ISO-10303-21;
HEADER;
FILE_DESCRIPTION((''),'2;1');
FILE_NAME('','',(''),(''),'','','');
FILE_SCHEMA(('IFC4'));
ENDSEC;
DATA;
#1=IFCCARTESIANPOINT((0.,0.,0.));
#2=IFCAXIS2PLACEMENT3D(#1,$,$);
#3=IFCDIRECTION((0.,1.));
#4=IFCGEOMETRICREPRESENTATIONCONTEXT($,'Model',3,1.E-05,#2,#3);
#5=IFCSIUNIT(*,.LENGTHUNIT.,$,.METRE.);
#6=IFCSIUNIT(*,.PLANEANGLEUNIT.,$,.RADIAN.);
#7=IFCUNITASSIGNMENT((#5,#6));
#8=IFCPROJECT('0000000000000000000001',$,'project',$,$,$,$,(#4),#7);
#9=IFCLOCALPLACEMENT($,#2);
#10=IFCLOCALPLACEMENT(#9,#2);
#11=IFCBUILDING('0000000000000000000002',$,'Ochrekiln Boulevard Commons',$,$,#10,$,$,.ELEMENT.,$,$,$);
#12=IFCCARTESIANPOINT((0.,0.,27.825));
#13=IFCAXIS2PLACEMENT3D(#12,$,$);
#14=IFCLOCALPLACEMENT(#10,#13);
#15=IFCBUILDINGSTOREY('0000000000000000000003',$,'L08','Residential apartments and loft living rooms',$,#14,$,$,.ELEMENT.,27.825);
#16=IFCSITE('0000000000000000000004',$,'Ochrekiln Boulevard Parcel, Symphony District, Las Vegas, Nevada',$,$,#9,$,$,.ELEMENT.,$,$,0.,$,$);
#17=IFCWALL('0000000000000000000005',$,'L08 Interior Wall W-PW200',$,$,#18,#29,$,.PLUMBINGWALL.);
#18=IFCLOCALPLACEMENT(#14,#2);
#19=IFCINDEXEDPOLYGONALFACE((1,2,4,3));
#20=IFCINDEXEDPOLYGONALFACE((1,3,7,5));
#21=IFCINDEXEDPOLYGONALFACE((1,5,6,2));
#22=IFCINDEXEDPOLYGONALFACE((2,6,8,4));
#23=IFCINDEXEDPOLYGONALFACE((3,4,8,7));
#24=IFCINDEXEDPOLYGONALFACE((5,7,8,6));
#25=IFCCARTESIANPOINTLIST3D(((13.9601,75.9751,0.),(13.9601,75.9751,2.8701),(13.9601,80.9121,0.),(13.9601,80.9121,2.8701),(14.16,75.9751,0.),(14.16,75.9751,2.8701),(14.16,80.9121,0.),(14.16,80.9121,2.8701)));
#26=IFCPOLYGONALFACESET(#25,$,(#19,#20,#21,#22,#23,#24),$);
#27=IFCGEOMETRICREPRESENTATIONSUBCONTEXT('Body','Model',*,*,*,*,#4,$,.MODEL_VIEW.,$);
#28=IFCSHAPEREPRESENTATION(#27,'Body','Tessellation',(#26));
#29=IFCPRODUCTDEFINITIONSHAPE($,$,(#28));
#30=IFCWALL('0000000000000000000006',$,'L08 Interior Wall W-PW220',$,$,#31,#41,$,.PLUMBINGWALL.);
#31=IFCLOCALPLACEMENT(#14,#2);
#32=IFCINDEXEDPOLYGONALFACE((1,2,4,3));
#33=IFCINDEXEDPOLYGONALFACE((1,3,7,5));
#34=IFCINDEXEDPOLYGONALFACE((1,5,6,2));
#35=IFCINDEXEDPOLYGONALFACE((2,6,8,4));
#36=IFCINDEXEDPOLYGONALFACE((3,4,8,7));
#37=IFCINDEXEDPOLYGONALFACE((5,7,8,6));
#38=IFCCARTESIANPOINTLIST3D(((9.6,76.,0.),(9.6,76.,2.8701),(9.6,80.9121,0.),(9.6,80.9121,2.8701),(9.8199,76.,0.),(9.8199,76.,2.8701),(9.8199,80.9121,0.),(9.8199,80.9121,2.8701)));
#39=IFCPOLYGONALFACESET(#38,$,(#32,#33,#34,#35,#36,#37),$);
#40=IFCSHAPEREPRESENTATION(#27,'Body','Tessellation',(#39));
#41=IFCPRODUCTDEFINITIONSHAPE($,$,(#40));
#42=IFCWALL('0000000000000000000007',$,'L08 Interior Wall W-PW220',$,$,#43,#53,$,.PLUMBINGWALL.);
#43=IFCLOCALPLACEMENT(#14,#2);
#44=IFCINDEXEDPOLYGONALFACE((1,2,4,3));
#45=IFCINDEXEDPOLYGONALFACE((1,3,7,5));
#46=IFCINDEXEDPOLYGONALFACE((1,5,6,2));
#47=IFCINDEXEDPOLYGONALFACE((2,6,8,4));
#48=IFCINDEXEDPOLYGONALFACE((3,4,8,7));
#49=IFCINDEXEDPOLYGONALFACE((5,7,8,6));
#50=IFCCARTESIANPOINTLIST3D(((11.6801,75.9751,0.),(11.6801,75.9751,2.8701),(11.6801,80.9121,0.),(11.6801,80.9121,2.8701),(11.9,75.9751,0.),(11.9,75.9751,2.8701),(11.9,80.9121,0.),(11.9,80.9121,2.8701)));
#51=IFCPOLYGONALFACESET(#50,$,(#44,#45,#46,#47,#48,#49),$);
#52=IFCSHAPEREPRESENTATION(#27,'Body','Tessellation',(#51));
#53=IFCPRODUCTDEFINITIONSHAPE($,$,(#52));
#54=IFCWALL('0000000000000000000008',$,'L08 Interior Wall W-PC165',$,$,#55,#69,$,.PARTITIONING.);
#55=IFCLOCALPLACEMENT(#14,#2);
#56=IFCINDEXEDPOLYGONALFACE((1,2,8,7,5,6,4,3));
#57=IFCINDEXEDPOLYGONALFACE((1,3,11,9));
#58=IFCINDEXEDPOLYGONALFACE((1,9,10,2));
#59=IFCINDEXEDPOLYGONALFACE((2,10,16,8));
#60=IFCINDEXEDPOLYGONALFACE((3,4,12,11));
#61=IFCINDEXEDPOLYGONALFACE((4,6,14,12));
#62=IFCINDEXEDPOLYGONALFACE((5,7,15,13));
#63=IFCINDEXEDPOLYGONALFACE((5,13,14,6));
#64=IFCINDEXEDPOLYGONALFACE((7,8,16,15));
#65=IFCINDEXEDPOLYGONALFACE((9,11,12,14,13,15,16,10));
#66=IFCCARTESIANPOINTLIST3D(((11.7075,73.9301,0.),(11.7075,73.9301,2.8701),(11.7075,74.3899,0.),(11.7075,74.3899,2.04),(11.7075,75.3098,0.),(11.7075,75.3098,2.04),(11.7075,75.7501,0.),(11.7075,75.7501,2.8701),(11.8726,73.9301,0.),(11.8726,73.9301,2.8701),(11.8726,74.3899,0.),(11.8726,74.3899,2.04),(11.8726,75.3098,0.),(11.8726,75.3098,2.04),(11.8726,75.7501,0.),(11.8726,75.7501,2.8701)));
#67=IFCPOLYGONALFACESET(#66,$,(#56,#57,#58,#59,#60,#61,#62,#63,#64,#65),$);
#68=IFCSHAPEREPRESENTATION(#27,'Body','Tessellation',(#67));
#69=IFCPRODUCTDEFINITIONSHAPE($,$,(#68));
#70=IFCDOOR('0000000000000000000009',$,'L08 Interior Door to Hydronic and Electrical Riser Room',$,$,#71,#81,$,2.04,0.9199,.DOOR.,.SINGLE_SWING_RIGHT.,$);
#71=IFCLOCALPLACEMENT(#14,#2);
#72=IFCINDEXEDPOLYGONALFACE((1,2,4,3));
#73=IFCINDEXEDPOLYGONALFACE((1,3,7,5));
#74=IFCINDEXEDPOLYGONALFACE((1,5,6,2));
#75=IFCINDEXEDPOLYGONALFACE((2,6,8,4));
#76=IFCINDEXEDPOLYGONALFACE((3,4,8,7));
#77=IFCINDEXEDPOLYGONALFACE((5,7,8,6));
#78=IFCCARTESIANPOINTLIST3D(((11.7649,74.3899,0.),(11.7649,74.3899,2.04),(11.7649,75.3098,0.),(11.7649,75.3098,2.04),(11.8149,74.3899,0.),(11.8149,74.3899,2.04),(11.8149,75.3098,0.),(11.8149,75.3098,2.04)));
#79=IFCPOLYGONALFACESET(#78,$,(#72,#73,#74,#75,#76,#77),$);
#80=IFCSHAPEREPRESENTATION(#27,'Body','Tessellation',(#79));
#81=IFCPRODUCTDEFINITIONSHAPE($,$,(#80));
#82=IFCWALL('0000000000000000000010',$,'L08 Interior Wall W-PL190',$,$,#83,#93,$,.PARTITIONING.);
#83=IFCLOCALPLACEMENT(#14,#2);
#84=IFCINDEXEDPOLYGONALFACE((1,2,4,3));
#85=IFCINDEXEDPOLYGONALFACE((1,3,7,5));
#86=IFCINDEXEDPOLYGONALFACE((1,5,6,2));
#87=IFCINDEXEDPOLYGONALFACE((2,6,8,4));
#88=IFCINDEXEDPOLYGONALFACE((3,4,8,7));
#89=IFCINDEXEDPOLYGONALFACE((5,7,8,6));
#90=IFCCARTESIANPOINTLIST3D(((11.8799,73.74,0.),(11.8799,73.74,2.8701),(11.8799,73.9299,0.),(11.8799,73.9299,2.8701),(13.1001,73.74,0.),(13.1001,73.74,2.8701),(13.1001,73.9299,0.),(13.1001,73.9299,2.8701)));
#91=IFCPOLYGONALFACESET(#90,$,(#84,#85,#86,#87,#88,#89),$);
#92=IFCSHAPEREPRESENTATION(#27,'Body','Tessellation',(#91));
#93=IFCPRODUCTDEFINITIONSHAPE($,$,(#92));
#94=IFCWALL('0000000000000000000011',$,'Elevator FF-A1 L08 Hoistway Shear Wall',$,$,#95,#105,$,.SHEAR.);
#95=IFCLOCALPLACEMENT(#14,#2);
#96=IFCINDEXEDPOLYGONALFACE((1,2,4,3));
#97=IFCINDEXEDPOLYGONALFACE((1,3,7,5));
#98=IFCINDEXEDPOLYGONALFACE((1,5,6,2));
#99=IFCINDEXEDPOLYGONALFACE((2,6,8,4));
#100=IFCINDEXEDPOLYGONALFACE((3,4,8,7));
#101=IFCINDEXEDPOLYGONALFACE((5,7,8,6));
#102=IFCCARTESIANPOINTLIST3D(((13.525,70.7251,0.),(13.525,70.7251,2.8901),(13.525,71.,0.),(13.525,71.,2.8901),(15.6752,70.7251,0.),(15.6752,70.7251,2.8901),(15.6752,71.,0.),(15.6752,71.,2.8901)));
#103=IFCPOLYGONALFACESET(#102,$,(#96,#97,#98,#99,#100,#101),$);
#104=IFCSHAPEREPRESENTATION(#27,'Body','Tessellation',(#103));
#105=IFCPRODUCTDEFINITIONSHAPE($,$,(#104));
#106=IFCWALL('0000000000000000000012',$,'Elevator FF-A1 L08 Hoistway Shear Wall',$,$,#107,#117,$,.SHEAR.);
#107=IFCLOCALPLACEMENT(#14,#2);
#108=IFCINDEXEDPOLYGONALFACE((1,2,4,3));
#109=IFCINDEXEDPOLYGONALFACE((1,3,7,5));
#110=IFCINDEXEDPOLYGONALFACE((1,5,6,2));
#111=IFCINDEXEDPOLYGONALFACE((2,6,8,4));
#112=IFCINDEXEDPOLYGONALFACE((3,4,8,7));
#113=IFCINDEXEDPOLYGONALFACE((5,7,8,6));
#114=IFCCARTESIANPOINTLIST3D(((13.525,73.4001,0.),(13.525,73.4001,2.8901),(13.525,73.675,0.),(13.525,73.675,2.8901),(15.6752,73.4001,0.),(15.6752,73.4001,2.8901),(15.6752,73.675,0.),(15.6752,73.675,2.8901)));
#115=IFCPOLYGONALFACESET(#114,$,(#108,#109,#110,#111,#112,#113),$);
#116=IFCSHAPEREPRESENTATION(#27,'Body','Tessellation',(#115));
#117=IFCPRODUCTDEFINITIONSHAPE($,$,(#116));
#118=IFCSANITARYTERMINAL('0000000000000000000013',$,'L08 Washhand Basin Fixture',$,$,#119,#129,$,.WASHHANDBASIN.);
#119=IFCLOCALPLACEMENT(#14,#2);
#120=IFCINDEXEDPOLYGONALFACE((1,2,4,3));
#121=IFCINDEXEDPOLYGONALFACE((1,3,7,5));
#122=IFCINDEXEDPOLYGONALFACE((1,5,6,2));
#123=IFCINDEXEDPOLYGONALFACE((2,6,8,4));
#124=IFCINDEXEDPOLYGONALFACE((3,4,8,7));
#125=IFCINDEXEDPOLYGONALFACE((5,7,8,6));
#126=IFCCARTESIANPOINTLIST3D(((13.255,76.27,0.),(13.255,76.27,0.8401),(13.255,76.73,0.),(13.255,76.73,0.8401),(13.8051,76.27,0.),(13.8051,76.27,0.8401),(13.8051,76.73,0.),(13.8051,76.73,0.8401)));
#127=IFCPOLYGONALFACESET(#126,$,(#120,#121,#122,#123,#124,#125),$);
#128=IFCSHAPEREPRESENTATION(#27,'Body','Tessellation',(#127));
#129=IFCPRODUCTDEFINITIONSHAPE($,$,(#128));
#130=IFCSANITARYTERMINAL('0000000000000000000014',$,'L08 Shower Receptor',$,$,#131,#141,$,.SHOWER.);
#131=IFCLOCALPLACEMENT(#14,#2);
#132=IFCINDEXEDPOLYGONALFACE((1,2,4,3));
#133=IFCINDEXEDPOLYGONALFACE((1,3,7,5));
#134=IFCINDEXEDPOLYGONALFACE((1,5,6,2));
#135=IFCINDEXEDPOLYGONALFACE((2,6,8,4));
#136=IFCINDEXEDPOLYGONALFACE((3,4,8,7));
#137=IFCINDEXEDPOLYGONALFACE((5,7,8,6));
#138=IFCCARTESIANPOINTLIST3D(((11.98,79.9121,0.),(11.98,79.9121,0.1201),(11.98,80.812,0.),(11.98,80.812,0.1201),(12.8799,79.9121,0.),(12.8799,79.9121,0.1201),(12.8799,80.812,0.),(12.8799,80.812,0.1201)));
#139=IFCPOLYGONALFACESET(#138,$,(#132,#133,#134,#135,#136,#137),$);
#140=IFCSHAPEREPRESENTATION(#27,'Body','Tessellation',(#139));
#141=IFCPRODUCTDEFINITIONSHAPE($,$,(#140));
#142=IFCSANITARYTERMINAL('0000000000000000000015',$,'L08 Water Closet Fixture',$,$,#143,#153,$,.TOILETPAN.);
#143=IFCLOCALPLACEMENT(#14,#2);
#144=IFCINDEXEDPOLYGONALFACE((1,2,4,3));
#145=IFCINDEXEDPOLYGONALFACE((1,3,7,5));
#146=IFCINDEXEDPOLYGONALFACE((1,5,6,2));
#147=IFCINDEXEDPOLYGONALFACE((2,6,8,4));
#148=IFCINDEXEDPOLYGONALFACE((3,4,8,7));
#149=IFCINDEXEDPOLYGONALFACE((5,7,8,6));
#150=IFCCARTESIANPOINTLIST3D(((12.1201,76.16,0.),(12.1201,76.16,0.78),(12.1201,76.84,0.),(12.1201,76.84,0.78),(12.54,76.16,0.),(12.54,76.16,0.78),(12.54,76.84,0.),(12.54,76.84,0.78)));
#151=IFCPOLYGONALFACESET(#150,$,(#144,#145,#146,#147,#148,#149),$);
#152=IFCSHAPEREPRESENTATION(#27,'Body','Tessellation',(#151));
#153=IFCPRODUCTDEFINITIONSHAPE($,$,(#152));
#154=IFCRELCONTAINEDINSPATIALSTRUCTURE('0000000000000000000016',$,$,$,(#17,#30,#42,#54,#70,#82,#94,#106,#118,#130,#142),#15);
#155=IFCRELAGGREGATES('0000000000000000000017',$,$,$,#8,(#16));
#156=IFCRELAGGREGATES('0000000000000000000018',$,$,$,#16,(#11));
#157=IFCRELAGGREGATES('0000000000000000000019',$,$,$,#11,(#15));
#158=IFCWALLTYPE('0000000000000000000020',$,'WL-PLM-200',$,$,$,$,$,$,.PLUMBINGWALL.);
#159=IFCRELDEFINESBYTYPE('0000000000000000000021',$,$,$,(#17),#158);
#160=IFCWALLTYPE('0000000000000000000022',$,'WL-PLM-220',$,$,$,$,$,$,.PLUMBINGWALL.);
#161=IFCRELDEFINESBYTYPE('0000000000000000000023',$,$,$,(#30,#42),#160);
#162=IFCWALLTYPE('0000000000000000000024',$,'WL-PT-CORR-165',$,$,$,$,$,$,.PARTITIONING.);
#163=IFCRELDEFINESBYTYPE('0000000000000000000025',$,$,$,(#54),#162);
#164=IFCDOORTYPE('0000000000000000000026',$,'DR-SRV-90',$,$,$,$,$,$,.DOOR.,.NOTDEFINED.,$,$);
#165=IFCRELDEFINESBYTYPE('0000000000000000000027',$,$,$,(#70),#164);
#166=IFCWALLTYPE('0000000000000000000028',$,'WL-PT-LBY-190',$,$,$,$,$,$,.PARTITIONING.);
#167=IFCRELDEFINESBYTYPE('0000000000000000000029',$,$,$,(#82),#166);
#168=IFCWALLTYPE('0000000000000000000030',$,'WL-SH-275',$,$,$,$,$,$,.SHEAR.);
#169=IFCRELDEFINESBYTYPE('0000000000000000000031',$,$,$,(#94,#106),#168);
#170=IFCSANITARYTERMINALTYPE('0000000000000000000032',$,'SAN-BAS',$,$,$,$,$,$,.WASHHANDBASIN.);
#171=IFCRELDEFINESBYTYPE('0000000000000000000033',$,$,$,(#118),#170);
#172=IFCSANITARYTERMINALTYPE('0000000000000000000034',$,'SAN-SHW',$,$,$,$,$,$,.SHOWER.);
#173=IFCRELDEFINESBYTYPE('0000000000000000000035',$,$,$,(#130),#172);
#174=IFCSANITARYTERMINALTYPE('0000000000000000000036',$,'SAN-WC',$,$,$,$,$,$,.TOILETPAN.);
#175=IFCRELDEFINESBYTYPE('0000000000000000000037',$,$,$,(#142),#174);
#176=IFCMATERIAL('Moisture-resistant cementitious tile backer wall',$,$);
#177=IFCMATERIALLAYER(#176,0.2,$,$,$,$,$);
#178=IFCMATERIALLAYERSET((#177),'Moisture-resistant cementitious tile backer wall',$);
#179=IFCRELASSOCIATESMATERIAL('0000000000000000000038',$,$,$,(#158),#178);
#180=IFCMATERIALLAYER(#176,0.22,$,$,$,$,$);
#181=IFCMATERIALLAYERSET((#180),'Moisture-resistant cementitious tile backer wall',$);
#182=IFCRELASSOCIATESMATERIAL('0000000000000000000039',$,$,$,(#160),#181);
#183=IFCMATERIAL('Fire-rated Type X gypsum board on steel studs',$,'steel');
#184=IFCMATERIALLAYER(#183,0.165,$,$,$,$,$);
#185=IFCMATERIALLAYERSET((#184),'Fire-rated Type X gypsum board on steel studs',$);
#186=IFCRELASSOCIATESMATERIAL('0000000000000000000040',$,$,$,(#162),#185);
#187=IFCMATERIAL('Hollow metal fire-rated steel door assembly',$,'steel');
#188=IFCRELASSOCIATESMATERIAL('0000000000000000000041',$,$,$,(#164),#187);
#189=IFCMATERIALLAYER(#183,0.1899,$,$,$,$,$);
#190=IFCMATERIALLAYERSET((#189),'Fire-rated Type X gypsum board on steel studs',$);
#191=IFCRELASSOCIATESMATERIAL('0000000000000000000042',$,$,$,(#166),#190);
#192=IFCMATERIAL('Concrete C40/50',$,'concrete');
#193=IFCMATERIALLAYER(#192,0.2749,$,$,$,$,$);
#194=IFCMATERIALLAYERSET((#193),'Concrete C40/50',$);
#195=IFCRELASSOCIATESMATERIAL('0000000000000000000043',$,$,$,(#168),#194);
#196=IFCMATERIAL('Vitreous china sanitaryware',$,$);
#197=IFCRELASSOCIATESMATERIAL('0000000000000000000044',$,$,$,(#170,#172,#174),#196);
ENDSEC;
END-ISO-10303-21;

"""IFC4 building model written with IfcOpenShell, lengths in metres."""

from ifc_helpers import new_model, si_unit, direction, frame, frame_2d, origin, origin_2d, place, context, subcontext, project, spatial, rectangle, extrude, material, layer, layer_set, type_object, element, fill, save


model = new_model("IFC4")

# Units and contexts
model_context = context("Model", 3, precision=1e-05, world=origin(), true_north=direction((0.0, 1.0)))
body_context = subcontext(model_context, "Body", "Model", "MODEL_VIEW")
ifc_project = project(units=[si_unit("LENGTHUNIT", "METRE"), si_unit("PLANEANGLEUNIT", "RADIAN")], contexts=[model_context])

# Site, building, storey
site_placement = place(None, origin())
site = spatial("IfcSite", under=ifc_project, at=site_placement, Name="Ochrekiln Boulevard Parcel, Symphony District, Las Vegas, Nevada", CompositionType="ELEMENT", RefElevation=0.0)
building_placement = place(site_placement, origin())
building = spatial("IfcBuilding", under=site, at=building_placement, Name="Ochrekiln Boulevard Commons", CompositionType="ELEMENT")
storey_placement = place(building_placement, frame((0.0, 0.0, 27.825)))
storey = spatial("IfcBuildingStorey", under=building, at=storey_placement, Name="L08", Description="Residential apartments and loft living rooms", CompositionType="ELEMENT", Elevation=27.825)

# Walls
ifc_material_1 = material(Name="Moisture-resistant cementitious tile backer wall")
ifc_layer_1 = layer(ifc_material_1, 0.2)
ifc_layer_set_1 = layer_set([ifc_layer_1], Name="Moisture-resistant cementitious tile backer wall")
wall_type_1 = type_object("IfcWallType", Name="WL-PLM-200", PredefinedType="PLUMBINGWALL", material=ifc_layer_set_1)
wall_1_placement = place(storey_placement, frame((14.0601, 75.9751, 0.0), z_axis=(0.0, 0.0, 1.0), x_axis=(0.0, 1.0, 0.0)))
element("IfcWall", 1, at=wall_1_placement, inside=storey, type_object=wall_type_1, Name="L08 Interior Wall W-PW200", PredefinedType="PLUMBINGWALL", context=body_context, shape_type="SweptSolid", body=[
    extrude(rectangle(XDim=4.937, YDim=0.2, at=frame_2d((2.4685, 0.0))), origin(), (0.0, 0.0, 1.0), 2.8701),
])
ifc_layer_2 = layer(ifc_material_1, 0.22)
ifc_layer_set_2 = layer_set([ifc_layer_2], Name="Moisture-resistant cementitious tile backer wall")
wall_type_2 = type_object("IfcWallType", Name="WL-PLM-220", PredefinedType="PLUMBINGWALL", material=ifc_layer_set_2)
wall_2_placement = place(storey_placement, frame((9.71, 76.0, 0.0), z_axis=(0.0, 0.0, 1.0), x_axis=(0.0, 1.0, 0.0)))
element("IfcWall", 2, at=wall_2_placement, inside=storey, type_object=wall_type_2, Name="L08 Interior Wall W-PW220", PredefinedType="PLUMBINGWALL", context=body_context, shape_type="SweptSolid", body=[
    extrude(rectangle(XDim=4.9121, YDim=0.22, at=frame_2d((2.4561, 0.0))), origin(), (0.0, 0.0, 1.0), 2.8701),
])
wall_3_placement = place(storey_placement, frame((11.79, 75.9751, 0.0), z_axis=(0.0, 0.0, 1.0), x_axis=(0.0, 1.0, 0.0)))
element("IfcWall", 3, at=wall_3_placement, inside=storey, type_object=wall_type_2, Name="L08 Interior Wall W-PW220", PredefinedType="PLUMBINGWALL", context=body_context, shape_type="SweptSolid", body=[
    extrude(rectangle(XDim=4.937, YDim=0.22, at=frame_2d((2.4685, 0.0))), origin(), (0.0, 0.0, 1.0), 2.8701),
])

# Wall, opening, door
ifc_material_2 = material(Name="Fire-rated Type X gypsum board on steel studs", Category="steel")
ifc_layer_3 = layer(ifc_material_2, 0.165)
ifc_layer_set_3 = layer_set([ifc_layer_3], Name="Fire-rated Type X gypsum board on steel studs")
wall_type_3 = type_object("IfcWallType", Name="WL-PT-CORR-165", PredefinedType="PARTITIONING", material=ifc_layer_set_3)
wall_4_placement = place(storey_placement, frame((11.79, 73.9299, 0.0), z_axis=(0.0, 0.0, 1.0), x_axis=(0.0, 1.0, 0.0)))
wall_4 = element("IfcWall", 4, at=wall_4_placement, inside=storey, type_object=wall_type_3, Name="L08 Interior Wall W-PC165", PredefinedType="PARTITIONING", context=body_context, shape_type="SweptSolid", body=[
    extrude(rectangle(XDim=1.8201, YDim=0.165, at=frame_2d((0.9102, 0.0))), origin(), (0.0, 0.0, 1.0), 2.8701),
])
opening_1_placement = place(wall_4_placement, frame((0.46, 0.0, 0.0)))
opening_1 = element("IfcOpeningElement", 5, at=opening_1_placement, cuts=wall_4, PredefinedType="OPENING", context=body_context, shape_type="SweptSolid", body=[
    extrude(rectangle(XDim=0.9199, YDim=2.04, at=frame_2d((0.46, 1.02))), frame((0.0, 0.0925, 0.0), z_axis=(0.0, -1.0, 0.0), x_axis=(1.0, 0.0, 0.0)), (0.0, 0.0, 1.0), 0.1851),
])
ifc_material_3 = material(Name="Hollow metal fire-rated steel door assembly", Category="steel")
door_type_1 = type_object("IfcDoorType", Name="DR-SRV-90", OperationType="NOTDEFINED", PredefinedType="DOOR", material=ifc_material_3)
door_1_placement = place(opening_1_placement, frame((0.9199, 0.0, 0.0), z_axis=(0.0, 0.0, 1.0), x_axis=(-1.0, 0.0, 0.0)))
door_1 = element("IfcDoor", 6, at=door_1_placement, inside=storey, type_object=door_type_1, Name="L08 Interior Door to Hydronic and Electrical Riser Room", OperationType="SINGLE_SWING_RIGHT", OverallHeight=2.04, OverallWidth=0.9199, PredefinedType="DOOR", context=body_context, shape_type="SweptSolid", body=[
    extrude(rectangle(XDim=0.9199, YDim=2.04, at=frame_2d((0.46, 1.02))), frame((0.0, 0.0249, 0.0), z_axis=(0.0, -1.0, 0.0), x_axis=(1.0, 0.0, 0.0)), (0.0, 0.0, 1.0), 0.05),
])
fill(opening_1, door_1)

# Walls
ifc_layer_4 = layer(ifc_material_2, 0.1899)
ifc_layer_set_4 = layer_set([ifc_layer_4], Name="Fire-rated Type X gypsum board on steel studs")
wall_type_4 = type_object("IfcWallType", Name="WL-PT-LBY-190", PredefinedType="PARTITIONING", material=ifc_layer_set_4)
wall_5_placement = place(storey_placement, frame((11.8799, 73.835, 0.0), z_axis=(0.0, 0.0, 1.0), x_axis=(1.0, 0.0, 0.0)))
element("IfcWall", 7, at=wall_5_placement, inside=storey, type_object=wall_type_4, Name="L08 Interior Wall W-PL190", PredefinedType="PARTITIONING", context=body_context, shape_type="SweptSolid", body=[
    extrude(rectangle(XDim=1.2202, YDim=0.1899, at=frame_2d((0.6101, 0.0))), origin(), (0.0, 0.0, 1.0), 2.8701),
])
ifc_material_4 = material(Name="Concrete C40/50", Category="concrete")
ifc_layer_5 = layer(ifc_material_4, 0.2749)
ifc_layer_set_5 = layer_set([ifc_layer_5], Name="Concrete C40/50")
wall_type_5 = type_object("IfcWallType", Name="WL-SH-275", PredefinedType="SHEAR", material=ifc_layer_set_5)
for number, where, z_axis, x_axis, name in (
    (8, (13.5249, 70.8625, 0.0), (0.0, 0.0, 1.0), (1.0, 0.0, 0.0), "Elevator FF-A1 L08 Hoistway Shear Wall"),
    (9, (13.5249, 73.5376, 0.0), (0.0, 0.0, 1.0), (1.0, 0.0, 0.0), "Elevator FF-A1 L08 Hoistway Shear Wall"),
):
    element("IfcWall", number, at=place(storey_placement, frame(where, z_axis=z_axis, x_axis=x_axis)), inside=storey, type_object=wall_type_5, Name=name, PredefinedType="SHEAR", context=body_context, shape_type="SweptSolid", body=[
        extrude(rectangle(XDim=2.1501, YDim=0.2749, at=frame_2d((1.0752, 0.0))), origin(), (0.0, 0.0, 1.0), 2.8901),
    ])

# Sanitary terminals
ifc_material_5 = material(Name="Vitreous china sanitaryware")
sanitary_terminal_type_1 = type_object("IfcSanitaryTerminalType", Name="SAN-BAS", PredefinedType="WASHHANDBASIN", material=ifc_material_5)
sanitary_terminal_1_placement = place(storey_placement, frame((13.53, 76.5, 0.0), z_axis=(0.0, 0.0, 1.0), x_axis=(1.0, 0.0, 0.0)))
element("IfcSanitaryTerminal", 10, at=sanitary_terminal_1_placement, inside=storey, type_object=sanitary_terminal_type_1, Name="L08 Washhand Basin Fixture", PredefinedType="WASHHANDBASIN", context=body_context, shape_type="SweptSolid", body=[
    extrude(rectangle(XDim=0.55, YDim=0.46, at=origin_2d()), origin(), (0.0, 0.0, 1.0), 0.8401),
])
sanitary_terminal_type_2 = type_object("IfcSanitaryTerminalType", Name="SAN-SHW", PredefinedType="SHOWER", material=ifc_material_5)
sanitary_terminal_2_placement = place(storey_placement, frame((12.4299, 80.3621, 0.0), z_axis=(0.0, 0.0, 1.0), x_axis=(1.0, 0.0, 0.0)))
element("IfcSanitaryTerminal", 11, at=sanitary_terminal_2_placement, inside=storey, type_object=sanitary_terminal_type_2, Name="L08 Shower Receptor", PredefinedType="SHOWER", context=body_context, shape_type="SweptSolid", body=[
    extrude(rectangle(XDim=0.8999, YDim=0.8999, at=origin_2d()), origin(), (0.0, 0.0, 1.0), 0.1201),
])
sanitary_terminal_type_3 = type_object("IfcSanitaryTerminalType", Name="SAN-WC", PredefinedType="TOILETPAN", material=ifc_material_5)
sanitary_terminal_3_placement = place(storey_placement, frame((12.3301, 76.5, 0.0), z_axis=(0.0, 0.0, 1.0), x_axis=(1.0, 0.0, 0.0)))
element("IfcSanitaryTerminal", 12, at=sanitary_terminal_3_placement, inside=storey, type_object=sanitary_terminal_type_3, Name="L08 Water Closet Fixture", PredefinedType="TOILETPAN", context=body_context, shape_type="SweptSolid", body=[
    extrude(rectangle(XDim=0.4199, YDim=0.6799, at=origin_2d()), origin(), (0.0, 0.0, 1.0), 0.78),
])

save(model, "model.ifc")
